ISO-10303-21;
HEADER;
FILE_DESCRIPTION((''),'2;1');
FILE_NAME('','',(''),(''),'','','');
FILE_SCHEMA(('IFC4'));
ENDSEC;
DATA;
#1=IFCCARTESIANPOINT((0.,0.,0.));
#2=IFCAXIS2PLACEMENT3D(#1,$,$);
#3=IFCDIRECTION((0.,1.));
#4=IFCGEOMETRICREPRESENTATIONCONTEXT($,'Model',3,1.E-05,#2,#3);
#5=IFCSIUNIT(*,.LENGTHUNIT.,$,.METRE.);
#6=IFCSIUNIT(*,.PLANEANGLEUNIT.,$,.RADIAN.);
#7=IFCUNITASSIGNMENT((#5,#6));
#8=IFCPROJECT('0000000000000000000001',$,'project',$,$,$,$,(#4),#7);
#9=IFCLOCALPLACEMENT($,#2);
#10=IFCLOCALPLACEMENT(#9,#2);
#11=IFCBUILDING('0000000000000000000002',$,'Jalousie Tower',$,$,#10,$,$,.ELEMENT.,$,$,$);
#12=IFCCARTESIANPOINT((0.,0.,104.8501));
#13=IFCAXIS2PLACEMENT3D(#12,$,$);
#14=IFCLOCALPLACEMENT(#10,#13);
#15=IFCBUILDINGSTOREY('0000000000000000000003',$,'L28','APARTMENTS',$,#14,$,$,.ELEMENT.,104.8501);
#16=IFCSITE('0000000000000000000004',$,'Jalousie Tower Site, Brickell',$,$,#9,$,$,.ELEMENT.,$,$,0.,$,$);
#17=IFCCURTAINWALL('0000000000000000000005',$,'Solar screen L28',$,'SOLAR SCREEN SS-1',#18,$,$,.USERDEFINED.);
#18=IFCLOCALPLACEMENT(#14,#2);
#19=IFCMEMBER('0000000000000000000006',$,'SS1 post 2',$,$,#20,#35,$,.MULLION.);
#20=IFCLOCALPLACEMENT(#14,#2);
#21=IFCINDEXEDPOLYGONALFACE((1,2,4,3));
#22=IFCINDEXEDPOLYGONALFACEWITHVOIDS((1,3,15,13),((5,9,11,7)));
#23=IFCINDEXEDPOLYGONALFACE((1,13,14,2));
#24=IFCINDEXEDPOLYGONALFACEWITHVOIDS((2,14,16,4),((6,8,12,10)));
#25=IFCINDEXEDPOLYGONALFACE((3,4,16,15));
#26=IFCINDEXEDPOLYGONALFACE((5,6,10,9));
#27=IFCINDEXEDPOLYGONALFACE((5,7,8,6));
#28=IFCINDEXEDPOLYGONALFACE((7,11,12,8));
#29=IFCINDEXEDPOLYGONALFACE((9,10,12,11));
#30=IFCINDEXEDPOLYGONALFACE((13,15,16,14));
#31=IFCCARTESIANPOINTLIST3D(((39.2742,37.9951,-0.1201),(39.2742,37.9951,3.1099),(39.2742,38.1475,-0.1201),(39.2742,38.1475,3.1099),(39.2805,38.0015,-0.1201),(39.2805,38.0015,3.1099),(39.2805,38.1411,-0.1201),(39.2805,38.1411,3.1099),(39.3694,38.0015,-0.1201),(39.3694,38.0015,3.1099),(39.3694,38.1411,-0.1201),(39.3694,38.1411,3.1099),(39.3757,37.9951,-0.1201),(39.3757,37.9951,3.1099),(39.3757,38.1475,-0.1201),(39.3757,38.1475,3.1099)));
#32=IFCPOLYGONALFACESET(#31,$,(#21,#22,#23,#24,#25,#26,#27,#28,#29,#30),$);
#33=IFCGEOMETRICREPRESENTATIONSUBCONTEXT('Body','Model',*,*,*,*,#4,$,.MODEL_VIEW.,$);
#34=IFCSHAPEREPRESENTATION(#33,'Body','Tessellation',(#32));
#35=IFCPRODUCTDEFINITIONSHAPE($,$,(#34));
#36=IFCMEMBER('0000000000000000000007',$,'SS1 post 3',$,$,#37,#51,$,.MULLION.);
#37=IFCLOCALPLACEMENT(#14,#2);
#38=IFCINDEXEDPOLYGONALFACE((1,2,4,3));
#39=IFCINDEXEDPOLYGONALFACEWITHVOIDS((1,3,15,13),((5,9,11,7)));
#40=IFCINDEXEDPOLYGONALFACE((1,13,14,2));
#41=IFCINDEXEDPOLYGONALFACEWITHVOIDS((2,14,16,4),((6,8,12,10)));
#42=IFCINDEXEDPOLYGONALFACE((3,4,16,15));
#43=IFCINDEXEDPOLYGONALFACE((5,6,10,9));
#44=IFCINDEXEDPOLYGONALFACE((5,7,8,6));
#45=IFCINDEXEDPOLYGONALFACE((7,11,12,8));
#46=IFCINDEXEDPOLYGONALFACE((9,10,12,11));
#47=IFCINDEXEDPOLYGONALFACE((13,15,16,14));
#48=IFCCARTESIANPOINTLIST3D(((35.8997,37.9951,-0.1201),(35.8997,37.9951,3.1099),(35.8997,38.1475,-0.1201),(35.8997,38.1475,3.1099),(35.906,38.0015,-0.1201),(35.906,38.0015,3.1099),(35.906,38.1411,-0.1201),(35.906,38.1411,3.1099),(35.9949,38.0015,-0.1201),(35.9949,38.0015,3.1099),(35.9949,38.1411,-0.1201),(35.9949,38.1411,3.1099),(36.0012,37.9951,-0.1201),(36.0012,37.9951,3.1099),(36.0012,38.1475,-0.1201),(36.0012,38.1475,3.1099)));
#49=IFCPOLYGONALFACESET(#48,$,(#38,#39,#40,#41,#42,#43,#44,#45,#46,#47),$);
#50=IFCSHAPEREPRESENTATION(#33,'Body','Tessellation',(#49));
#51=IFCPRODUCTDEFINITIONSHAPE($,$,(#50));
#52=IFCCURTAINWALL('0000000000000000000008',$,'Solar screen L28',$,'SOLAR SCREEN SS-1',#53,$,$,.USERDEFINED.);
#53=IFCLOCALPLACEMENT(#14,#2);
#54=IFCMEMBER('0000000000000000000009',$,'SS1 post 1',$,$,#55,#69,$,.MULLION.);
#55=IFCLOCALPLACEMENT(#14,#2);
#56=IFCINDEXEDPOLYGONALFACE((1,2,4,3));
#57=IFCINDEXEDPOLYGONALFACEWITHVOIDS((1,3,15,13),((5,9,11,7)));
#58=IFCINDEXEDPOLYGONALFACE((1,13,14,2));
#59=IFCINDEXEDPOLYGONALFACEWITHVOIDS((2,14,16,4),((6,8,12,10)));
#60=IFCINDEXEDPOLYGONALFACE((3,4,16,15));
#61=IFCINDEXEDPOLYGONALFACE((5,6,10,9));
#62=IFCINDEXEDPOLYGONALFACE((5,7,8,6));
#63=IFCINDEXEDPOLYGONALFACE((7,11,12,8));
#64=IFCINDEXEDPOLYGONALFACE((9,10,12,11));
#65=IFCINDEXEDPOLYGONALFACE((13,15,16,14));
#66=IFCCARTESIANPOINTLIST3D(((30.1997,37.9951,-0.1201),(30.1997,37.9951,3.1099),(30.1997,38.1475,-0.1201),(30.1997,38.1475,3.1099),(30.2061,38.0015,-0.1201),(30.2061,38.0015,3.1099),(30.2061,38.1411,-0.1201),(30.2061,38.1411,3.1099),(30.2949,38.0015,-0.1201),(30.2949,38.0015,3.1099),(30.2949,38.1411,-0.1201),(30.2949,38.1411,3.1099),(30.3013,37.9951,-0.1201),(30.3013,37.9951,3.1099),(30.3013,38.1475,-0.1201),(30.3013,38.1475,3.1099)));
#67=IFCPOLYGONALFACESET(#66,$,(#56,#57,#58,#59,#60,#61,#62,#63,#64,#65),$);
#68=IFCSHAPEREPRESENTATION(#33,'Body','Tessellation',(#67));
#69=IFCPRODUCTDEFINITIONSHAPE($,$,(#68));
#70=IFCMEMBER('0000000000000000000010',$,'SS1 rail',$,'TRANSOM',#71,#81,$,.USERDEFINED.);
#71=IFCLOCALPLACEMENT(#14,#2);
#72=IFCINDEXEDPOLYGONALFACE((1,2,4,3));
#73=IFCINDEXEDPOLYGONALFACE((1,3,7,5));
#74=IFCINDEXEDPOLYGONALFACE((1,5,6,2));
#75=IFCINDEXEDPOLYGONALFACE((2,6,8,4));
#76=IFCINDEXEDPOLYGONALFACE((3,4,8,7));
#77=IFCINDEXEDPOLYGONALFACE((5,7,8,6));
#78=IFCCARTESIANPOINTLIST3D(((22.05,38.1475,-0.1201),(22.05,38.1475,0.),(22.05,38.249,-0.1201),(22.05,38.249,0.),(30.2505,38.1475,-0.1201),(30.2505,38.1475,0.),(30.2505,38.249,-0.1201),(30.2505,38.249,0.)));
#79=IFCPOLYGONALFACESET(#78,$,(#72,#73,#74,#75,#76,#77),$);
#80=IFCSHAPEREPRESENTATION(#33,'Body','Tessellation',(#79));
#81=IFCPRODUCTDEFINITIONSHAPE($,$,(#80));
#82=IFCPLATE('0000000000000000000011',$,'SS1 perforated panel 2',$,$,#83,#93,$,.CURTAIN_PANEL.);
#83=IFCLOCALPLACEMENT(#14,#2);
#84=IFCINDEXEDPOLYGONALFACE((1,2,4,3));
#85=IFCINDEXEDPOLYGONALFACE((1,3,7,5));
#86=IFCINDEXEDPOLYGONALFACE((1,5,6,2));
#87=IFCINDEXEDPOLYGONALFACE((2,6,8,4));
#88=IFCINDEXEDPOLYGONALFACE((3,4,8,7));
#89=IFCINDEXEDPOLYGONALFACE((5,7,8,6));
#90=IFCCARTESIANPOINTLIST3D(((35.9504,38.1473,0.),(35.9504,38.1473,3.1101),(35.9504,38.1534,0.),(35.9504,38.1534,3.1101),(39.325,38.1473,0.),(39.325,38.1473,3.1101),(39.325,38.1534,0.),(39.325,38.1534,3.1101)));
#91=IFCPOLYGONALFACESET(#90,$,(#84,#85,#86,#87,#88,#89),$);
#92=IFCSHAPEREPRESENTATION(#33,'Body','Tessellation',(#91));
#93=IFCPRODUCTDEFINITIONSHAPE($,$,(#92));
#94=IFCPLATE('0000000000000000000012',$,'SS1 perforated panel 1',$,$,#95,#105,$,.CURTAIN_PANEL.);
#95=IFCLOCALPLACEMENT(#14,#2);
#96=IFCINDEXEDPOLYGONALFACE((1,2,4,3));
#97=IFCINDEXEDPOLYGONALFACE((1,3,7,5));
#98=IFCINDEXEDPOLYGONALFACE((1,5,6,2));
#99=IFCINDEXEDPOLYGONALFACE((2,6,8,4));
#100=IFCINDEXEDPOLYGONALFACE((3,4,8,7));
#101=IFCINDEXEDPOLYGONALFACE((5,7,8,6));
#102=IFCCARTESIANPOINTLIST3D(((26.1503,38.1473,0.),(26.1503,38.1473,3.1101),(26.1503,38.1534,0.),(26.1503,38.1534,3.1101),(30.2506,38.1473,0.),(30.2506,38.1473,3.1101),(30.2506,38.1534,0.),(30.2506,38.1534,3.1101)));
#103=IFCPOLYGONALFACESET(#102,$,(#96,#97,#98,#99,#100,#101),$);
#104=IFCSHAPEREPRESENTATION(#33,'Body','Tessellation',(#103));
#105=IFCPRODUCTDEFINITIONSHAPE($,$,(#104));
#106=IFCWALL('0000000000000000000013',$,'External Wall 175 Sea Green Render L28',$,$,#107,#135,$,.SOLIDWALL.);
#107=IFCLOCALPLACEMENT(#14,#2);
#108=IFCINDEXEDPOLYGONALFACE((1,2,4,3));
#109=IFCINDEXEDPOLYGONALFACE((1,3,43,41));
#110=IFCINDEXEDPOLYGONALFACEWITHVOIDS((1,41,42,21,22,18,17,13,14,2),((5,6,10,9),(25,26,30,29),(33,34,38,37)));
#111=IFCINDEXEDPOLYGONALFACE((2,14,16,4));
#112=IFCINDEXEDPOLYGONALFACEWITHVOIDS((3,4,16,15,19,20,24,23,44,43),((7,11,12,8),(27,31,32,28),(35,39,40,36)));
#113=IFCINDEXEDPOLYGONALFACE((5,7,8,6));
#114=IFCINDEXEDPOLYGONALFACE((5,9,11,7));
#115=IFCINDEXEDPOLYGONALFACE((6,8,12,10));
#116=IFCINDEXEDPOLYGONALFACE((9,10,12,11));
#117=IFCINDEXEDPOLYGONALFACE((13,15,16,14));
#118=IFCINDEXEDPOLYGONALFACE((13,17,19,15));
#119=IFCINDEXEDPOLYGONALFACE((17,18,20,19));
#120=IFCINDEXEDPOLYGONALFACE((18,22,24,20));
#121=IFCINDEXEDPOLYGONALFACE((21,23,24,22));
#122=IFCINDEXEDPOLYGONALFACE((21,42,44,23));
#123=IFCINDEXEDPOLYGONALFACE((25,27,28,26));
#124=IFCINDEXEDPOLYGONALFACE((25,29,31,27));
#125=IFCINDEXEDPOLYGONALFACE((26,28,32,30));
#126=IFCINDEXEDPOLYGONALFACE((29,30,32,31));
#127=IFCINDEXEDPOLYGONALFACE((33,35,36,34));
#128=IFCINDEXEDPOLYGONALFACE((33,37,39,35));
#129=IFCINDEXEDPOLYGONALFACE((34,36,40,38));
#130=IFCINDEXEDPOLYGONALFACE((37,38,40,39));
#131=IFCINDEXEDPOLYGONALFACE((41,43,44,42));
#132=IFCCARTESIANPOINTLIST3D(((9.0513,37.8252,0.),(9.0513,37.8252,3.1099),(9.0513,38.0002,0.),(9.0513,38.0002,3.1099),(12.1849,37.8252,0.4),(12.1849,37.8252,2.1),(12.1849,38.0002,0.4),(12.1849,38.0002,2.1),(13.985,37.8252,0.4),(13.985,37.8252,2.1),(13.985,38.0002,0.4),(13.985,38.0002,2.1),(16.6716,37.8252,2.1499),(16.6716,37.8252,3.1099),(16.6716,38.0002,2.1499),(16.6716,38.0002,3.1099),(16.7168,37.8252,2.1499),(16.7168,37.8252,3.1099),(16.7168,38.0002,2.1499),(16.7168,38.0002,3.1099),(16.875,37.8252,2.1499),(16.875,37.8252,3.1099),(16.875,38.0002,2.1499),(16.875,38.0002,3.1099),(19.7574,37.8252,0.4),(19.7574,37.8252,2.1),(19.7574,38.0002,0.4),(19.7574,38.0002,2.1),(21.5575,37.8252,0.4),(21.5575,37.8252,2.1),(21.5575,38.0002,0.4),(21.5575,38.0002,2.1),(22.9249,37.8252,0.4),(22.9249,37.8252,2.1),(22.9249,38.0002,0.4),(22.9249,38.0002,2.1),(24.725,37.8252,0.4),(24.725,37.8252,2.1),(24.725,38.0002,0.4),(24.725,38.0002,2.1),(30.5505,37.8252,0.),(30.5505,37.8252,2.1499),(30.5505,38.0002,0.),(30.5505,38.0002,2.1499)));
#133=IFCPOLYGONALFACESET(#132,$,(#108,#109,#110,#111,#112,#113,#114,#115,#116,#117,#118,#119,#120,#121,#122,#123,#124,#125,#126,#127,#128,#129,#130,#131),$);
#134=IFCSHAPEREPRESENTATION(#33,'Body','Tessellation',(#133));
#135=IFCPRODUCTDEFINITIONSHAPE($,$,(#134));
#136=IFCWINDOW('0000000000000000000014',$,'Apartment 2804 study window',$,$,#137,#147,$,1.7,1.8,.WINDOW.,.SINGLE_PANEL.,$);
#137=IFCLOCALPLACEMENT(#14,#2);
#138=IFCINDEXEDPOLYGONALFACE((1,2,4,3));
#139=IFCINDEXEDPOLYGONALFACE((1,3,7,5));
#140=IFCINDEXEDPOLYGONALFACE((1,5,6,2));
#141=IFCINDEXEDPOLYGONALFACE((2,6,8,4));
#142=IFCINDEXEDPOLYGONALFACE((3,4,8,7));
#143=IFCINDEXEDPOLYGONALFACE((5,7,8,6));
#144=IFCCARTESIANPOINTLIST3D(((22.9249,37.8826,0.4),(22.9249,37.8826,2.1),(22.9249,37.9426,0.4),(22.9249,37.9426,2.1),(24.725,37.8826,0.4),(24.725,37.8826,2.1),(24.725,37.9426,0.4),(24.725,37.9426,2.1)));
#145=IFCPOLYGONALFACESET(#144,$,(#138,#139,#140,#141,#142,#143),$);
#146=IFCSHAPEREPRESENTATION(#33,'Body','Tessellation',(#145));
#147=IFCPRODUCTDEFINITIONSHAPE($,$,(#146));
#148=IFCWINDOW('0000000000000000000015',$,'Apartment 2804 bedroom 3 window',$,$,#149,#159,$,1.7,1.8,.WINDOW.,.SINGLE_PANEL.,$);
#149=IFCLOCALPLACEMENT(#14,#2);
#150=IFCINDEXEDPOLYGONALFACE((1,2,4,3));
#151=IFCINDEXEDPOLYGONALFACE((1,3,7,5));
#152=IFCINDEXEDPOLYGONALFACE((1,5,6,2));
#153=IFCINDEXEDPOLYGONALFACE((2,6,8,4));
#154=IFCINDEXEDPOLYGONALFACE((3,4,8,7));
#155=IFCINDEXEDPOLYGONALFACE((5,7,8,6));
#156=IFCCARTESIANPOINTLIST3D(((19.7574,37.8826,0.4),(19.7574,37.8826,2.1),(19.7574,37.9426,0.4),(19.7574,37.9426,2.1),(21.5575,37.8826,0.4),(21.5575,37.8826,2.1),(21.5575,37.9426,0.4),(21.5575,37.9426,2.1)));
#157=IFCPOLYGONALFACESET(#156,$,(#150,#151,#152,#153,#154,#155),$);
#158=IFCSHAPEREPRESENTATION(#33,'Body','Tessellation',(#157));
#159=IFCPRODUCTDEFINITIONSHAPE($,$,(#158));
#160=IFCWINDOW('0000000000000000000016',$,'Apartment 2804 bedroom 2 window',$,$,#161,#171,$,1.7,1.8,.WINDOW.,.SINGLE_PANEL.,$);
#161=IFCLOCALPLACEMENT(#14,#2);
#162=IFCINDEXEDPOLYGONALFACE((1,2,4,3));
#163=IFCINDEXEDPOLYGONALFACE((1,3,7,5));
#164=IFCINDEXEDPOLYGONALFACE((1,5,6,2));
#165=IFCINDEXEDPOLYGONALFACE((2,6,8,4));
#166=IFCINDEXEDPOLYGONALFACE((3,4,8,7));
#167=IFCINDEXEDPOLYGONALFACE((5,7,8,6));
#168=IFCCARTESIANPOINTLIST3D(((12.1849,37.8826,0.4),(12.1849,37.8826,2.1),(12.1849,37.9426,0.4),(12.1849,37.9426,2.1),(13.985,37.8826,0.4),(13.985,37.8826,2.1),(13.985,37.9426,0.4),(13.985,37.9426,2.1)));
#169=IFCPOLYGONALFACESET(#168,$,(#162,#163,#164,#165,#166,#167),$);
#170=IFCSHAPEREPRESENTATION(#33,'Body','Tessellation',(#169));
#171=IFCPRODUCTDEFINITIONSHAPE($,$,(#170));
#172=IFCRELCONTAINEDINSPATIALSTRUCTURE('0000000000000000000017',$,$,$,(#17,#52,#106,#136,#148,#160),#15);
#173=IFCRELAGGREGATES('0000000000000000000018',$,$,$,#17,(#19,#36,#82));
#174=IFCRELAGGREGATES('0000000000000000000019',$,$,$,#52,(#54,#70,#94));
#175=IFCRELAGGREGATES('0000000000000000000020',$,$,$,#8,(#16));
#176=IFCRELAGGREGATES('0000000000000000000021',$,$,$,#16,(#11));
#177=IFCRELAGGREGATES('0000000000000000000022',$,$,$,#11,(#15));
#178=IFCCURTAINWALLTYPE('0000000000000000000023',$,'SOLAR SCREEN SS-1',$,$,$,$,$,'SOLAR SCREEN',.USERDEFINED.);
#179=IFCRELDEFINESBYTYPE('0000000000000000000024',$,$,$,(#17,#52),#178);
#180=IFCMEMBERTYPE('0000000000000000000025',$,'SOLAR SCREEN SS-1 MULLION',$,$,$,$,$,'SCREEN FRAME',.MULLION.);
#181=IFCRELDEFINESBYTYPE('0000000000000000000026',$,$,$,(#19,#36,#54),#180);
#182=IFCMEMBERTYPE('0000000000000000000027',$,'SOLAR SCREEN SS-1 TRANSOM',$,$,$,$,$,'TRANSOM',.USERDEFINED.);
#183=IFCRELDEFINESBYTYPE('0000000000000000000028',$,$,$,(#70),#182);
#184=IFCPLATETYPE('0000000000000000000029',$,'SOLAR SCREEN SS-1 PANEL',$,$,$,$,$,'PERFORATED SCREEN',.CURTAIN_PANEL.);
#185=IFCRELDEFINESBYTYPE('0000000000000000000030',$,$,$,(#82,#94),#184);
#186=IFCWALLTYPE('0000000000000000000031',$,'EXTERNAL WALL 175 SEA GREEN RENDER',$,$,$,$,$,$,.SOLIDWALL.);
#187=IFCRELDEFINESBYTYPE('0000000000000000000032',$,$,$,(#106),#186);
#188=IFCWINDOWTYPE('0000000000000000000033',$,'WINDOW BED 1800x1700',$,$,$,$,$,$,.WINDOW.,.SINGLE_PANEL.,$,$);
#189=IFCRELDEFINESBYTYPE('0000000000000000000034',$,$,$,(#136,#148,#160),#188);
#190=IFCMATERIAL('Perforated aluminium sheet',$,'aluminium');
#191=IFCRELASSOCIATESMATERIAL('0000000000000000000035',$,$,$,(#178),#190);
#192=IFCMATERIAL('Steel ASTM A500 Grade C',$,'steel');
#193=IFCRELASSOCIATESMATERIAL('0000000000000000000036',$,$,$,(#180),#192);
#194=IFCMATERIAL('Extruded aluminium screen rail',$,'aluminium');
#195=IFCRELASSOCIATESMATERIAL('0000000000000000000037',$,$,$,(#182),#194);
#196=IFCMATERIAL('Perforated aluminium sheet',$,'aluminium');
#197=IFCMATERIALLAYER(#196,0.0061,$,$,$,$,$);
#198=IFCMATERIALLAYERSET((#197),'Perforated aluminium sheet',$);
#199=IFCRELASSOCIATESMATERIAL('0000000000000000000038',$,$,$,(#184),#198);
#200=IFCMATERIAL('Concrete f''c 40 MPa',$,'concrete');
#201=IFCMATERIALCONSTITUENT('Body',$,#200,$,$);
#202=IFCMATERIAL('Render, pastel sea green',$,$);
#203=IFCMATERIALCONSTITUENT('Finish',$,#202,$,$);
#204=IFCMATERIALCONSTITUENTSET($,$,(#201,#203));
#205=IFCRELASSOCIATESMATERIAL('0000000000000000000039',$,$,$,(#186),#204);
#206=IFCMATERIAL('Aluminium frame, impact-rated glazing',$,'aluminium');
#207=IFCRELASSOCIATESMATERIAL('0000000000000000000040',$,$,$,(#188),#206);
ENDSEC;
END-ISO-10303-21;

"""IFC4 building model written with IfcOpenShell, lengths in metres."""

from ifc_helpers import new_model, si_unit, direction, frame, frame_2d, origin, origin_2d, place, context, subcontext, project, spatial, polyline, rectangle, hollow_rectangle, outline, extrude, material, layer, layer_set, constituent, constituent_set, material_profile, profile_set, type_object, element, fill, aggregate, save


model = new_model("IFC4")

# Units and contexts
model_context = context("Model", 3, precision=1e-05, world=origin(), true_north=direction((0.0, 1.0)))
body_context = subcontext(model_context, "Body", "Model", "MODEL_VIEW")
ifc_project = project(units=[si_unit("LENGTHUNIT", "METRE"), si_unit("PLANEANGLEUNIT", "RADIAN")], contexts=[model_context])

# Site, building, storey
site_placement = place(None, origin())
site = spatial("IfcSite", under=ifc_project, at=site_placement, Name="Jalousie Tower Site, Brickell", CompositionType="ELEMENT", RefElevation=0.0)
building_placement = place(site_placement, origin())
building = spatial("IfcBuilding", under=site, at=building_placement, Name="Jalousie Tower", CompositionType="ELEMENT")
storey_placement = place(building_placement, frame((0.0, 0.0, 104.8501)))
storey = spatial("IfcBuildingStorey", under=building, at=storey_placement, Name="L28", Description="APARTMENTS", CompositionType="ELEMENT", Elevation=104.8501)

# Curtain walls, members
ifc_material_1 = material(Name="Perforated aluminium sheet", Category="aluminium")
curtain_wall_type = type_object("IfcCurtainWallType", Name="SOLAR SCREEN SS-1", ElementType="SOLAR SCREEN", PredefinedType="USERDEFINED", material=ifc_material_1)
curtain_wall_1_placement = place(storey_placement, origin())
curtain_wall_1 = element("IfcCurtainWall", 1, at=curtain_wall_1_placement, inside=storey, type_object=curtain_wall_type, Name="Solar screen L28", ObjectType="SOLAR SCREEN SS-1", PredefinedType="USERDEFINED")
ifc_material_2 = material(Name="Steel ASTM A500 Grade C", Category="steel")
ifc_material_profile_1 = material_profile(ifc_material_2, hollow_rectangle(XDim=0.1016, YDim=0.1523, WallThickness=0.0063, at=origin_2d()), Name="HSS6X4X1/4")
ifc_profile_set_1 = profile_set([ifc_material_profile_1], Name="Steel ASTM A500 Grade C")
member_type_1 = type_object("IfcMemberType", Name="SOLAR SCREEN SS-1 MULLION", ElementType="SCREEN FRAME", PredefinedType="MULLION", material=ifc_profile_set_1)
member_1_placement = place(storey_placement, frame((39.325, 38.0713, -0.1201), z_axis=(0.0, 0.0, 1.0), x_axis=(-1.0, 0.0, 0.0)))
member_1 = element("IfcMember", 2, at=member_1_placement, type_object=member_type_1, Name="SS1 post 2", PredefinedType="MULLION", context=body_context, shape_type="SweptSolid", body=[
    extrude(hollow_rectangle(XDim=0.1016, YDim=0.1523, WallThickness=0.0063, at=origin_2d()), origin(), (0.0, 0.0, 1.0), 3.23),
])
member_2_placement = place(storey_placement, frame((35.9504, 38.0713, -0.1201), z_axis=(0.0, 0.0, 1.0), x_axis=(-1.0, 0.0, 0.0)))
member_2 = element("IfcMember", 3, at=member_2_placement, type_object=member_type_1, Name="SS1 post 3", PredefinedType="MULLION", context=body_context, shape_type="SweptSolid", body=[
    extrude(hollow_rectangle(XDim=0.1016, YDim=0.1523, WallThickness=0.0063, at=origin_2d()), origin(), (0.0, 0.0, 1.0), 3.23),
])
curtain_wall_2_placement = place(storey_placement, origin())
curtain_wall_2 = element("IfcCurtainWall", 4, at=curtain_wall_2_placement, inside=storey, type_object=curtain_wall_type, Name="Solar screen L28", ObjectType="SOLAR SCREEN SS-1", PredefinedType="USERDEFINED")
member_3_placement = place(storey_placement, frame((30.2505, 38.0713, -0.1201), z_axis=(0.0, 0.0, 1.0), x_axis=(-1.0, 0.0, 0.0)))
member_3 = element("IfcMember", 5, at=member_3_placement, type_object=member_type_1, Name="SS1 post 1", PredefinedType="MULLION", context=body_context, shape_type="SweptSolid", body=[
    extrude(hollow_rectangle(XDim=0.1016, YDim=0.1523, WallThickness=0.0063, at=origin_2d()), origin(), (0.0, 0.0, 1.0), 3.23),
])
ifc_material_3 = material(Name="Extruded aluminium screen rail", Category="aluminium")
ifc_material_profile_2 = material_profile(ifc_material_3, rectangle(XDim=0.1016, YDim=0.1201, at=origin_2d()), Name="RAIL 102x120")
ifc_profile_set_2 = profile_set([ifc_material_profile_2], Name="Extruded aluminium screen rail")
member_type_2 = type_object("IfcMemberType", Name="SOLAR SCREEN SS-1 TRANSOM", ElementType="TRANSOM", PredefinedType="USERDEFINED", material=ifc_profile_set_2)
member_4_placement = place(storey_placement, frame((30.2505, 38.1982, -0.0601), z_axis=(-1.0, 0.0, 0.0), x_axis=(0.0, -1.0, 0.0)))
member_4 = element("IfcMember", 6, at=member_4_placement, type_object=member_type_2, Name="SS1 rail", ObjectType="TRANSOM", PredefinedType="USERDEFINED", context=body_context, shape_type="SweptSolid", body=[
    extrude(rectangle(XDim=0.1016, YDim=0.1201, at=origin_2d()), origin(), (0.0, 0.0, 1.0), 8.2004),
])

# Plates
ifc_material_4 = material(Name="Perforated aluminium sheet", Category="aluminium")
ifc_layer_1 = layer(ifc_material_4, 0.0061)
ifc_layer_set_1 = layer_set([ifc_layer_1], Name="Perforated aluminium sheet")
plate_type = type_object("IfcPlateType", Name="SOLAR SCREEN SS-1 PANEL", ElementType="PERFORATED SCREEN", PredefinedType="CURTAIN_PANEL", material=ifc_layer_set_1)
plate_1_placement = place(storey_placement, frame((37.6377, 38.1504, 0.0), z_axis=(0.0, 0.0, 1.0), x_axis=(-1.0, 0.0, 0.0)))
plate_1 = element("IfcPlate", 7, at=plate_1_placement, type_object=plate_type, Name="SS1 perforated panel 2", PredefinedType="CURTAIN_PANEL", context=body_context, shape_type="SweptSolid", body=[
    extrude(rectangle(XDim=3.3745, YDim=0.0061, at=origin_2d()), origin(), (0.0, 0.0, 1.0), 3.1101),
])
aggregate(curtain_wall_1, [member_1, member_2, plate_1])
plate_2_placement = place(storey_placement, frame((28.2004, 38.1504, 0.0), z_axis=(0.0, 0.0, 1.0), x_axis=(-1.0, 0.0, 0.0)))
plate_2 = element("IfcPlate", 8, at=plate_2_placement, type_object=plate_type, Name="SS1 perforated panel 1", PredefinedType="CURTAIN_PANEL", context=body_context, shape_type="SweptSolid", body=[
    extrude(rectangle(XDim=4.1003, YDim=0.0061, at=origin_2d()), origin(), (0.0, 0.0, 1.0), 3.1101),
])
aggregate(curtain_wall_2, [member_3, member_4, plate_2])

# Wall, openings, windows
ifc_material_5 = material(Name="Concrete f'c 40 MPa", Category="concrete")
ifc_constituent_1 = constituent(ifc_material_5, Name="Body")
ifc_material_6 = material(Name="Render, pastel sea green")
ifc_constituent_2 = constituent(ifc_material_6, Name="Finish")
ifc_constituent_set_1 = constituent_set(constituents=[ifc_constituent_1, ifc_constituent_2])
wall_type_1 = type_object("IfcWallType", Name="EXTERNAL WALL 175 SEA GREEN RENDER", PredefinedType="SOLIDWALL", material=ifc_constituent_set_1)
wall_1_placement = place(storey_placement, frame((30.5505, 37.9126, 0.0), z_axis=(0.0, 0.0, 1.0), x_axis=(-1.0, 0.0, 0.0)))
wall_1 = element("IfcWall", 9, at=wall_1_placement, inside=storey, type_object=wall_type_1, Name="External Wall 175 Sea Green Render L28", PredefinedType="SOLIDWALL", context=body_context, shape_type="SweptSolid", body=[
    extrude(outline(polyline([(0.0, 0.0), (21.4993, 0.0), (21.4993, 3.1099), (13.8789, 3.1099), (13.8789, 2.1499), (13.8337, 2.1499), (13.8337, 3.1099), (13.6755, 3.1099), (13.6755, 2.1499), (0.0, 2.1499), (0.0, 0.0)])), frame((0.0, 0.0874, 0.0), z_axis=(0.0, -1.0, 0.0), x_axis=(1.0, 0.0, 0.0)), (0.0, 0.0, 1.0), 0.175),
])
opening_1_placement = place(wall_1_placement, frame((5.8257, 0.0, 0.3999)))
opening_1 = element("IfcOpeningElement", 10, at=opening_1_placement, cuts=wall_1, PredefinedType="OPENING", context=body_context, shape_type="SweptSolid", body=[
    extrude(rectangle(XDim=1.8, YDim=1.7, at=frame_2d((0.8999, 0.8501))), frame((0.0, 0.0974, 0.0), z_axis=(0.0, -1.0, 0.0), x_axis=(1.0, 0.0, 0.0)), (0.0, 0.0, 1.0), 0.1951),
])
opening_2_placement = place(wall_1_placement, frame((8.9932, 0.0, 0.3999)))
opening_2 = element("IfcOpeningElement", 11, at=opening_2_placement, cuts=wall_1, PredefinedType="OPENING", context=body_context, shape_type="SweptSolid", body=[
    extrude(rectangle(XDim=1.8, YDim=1.7, at=frame_2d((0.8999, 0.8501))), frame((0.0, 0.0974, 0.0), z_axis=(0.0, -1.0, 0.0), x_axis=(1.0, 0.0, 0.0)), (0.0, 0.0, 1.0), 0.1951),
])
opening_3_placement = place(wall_1_placement, frame((16.5657, 0.0, 0.3999)))
opening_3 = element("IfcOpeningElement", 12, at=opening_3_placement, cuts=wall_1, PredefinedType="OPENING", context=body_context, shape_type="SweptSolid", body=[
    extrude(rectangle(XDim=1.8, YDim=1.7, at=frame_2d((0.8999, 0.8501))), frame((0.0, 0.0974, 0.0), z_axis=(0.0, -1.0, 0.0), x_axis=(1.0, 0.0, 0.0)), (0.0, 0.0, 1.0), 0.1951),
])
ifc_material_7 = material(Name="Aluminium frame, impact-rated glazing", Category="aluminium")
window_type = type_object("IfcWindowType", Name="WINDOW BED 1800x1700", PartitioningType="SINGLE_PANEL", PredefinedType="WINDOW", material=ifc_material_7)
window_1_placement = place(opening_1_placement, origin())
window_1 = element("IfcWindow", 13, at=window_1_placement, inside=storey, type_object=window_type, Name="Apartment 2804 study window", OverallHeight=1.7, OverallWidth=1.8, PartitioningType="SINGLE_PANEL", PredefinedType="WINDOW", context=body_context, shape_type="SweptSolid", body=[
    extrude(rectangle(XDim=1.8, YDim=1.7, at=frame_2d((0.8999, 0.8501))), frame((0.0, 0.03, 0.0), z_axis=(0.0, -1.0, 0.0), x_axis=(1.0, 0.0, 0.0)), (0.0, 0.0, 1.0), 0.0601),
])
fill(opening_1, window_1)
window_2_placement = place(opening_2_placement, origin())
window_2 = element("IfcWindow", 14, at=window_2_placement, inside=storey, type_object=window_type, Name="Apartment 2804 bedroom 3 window", OverallHeight=1.7, OverallWidth=1.8, PartitioningType="SINGLE_PANEL", PredefinedType="WINDOW", context=body_context, shape_type="SweptSolid", body=[
    extrude(rectangle(XDim=1.8, YDim=1.7, at=frame_2d((0.8999, 0.8501))), frame((0.0, 0.03, 0.0), z_axis=(0.0, -1.0, 0.0), x_axis=(1.0, 0.0, 0.0)), (0.0, 0.0, 1.0), 0.0601),
])
fill(opening_2, window_2)
window_3_placement = place(opening_3_placement, origin())
window_3 = element("IfcWindow", 15, at=window_3_placement, inside=storey, type_object=window_type, Name="Apartment 2804 bedroom 2 window", OverallHeight=1.7, OverallWidth=1.8, PartitioningType="SINGLE_PANEL", PredefinedType="WINDOW", context=body_context, shape_type="SweptSolid", body=[
    extrude(rectangle(XDim=1.8, YDim=1.7, at=frame_2d((0.8999, 0.8501))), frame((0.0, 0.03, 0.0), z_axis=(0.0, -1.0, 0.0), x_axis=(1.0, 0.0, 0.0)), (0.0, 0.0, 1.0), 0.0601),
])
fill(opening_3, window_3)

save(model, "model.ifc")
